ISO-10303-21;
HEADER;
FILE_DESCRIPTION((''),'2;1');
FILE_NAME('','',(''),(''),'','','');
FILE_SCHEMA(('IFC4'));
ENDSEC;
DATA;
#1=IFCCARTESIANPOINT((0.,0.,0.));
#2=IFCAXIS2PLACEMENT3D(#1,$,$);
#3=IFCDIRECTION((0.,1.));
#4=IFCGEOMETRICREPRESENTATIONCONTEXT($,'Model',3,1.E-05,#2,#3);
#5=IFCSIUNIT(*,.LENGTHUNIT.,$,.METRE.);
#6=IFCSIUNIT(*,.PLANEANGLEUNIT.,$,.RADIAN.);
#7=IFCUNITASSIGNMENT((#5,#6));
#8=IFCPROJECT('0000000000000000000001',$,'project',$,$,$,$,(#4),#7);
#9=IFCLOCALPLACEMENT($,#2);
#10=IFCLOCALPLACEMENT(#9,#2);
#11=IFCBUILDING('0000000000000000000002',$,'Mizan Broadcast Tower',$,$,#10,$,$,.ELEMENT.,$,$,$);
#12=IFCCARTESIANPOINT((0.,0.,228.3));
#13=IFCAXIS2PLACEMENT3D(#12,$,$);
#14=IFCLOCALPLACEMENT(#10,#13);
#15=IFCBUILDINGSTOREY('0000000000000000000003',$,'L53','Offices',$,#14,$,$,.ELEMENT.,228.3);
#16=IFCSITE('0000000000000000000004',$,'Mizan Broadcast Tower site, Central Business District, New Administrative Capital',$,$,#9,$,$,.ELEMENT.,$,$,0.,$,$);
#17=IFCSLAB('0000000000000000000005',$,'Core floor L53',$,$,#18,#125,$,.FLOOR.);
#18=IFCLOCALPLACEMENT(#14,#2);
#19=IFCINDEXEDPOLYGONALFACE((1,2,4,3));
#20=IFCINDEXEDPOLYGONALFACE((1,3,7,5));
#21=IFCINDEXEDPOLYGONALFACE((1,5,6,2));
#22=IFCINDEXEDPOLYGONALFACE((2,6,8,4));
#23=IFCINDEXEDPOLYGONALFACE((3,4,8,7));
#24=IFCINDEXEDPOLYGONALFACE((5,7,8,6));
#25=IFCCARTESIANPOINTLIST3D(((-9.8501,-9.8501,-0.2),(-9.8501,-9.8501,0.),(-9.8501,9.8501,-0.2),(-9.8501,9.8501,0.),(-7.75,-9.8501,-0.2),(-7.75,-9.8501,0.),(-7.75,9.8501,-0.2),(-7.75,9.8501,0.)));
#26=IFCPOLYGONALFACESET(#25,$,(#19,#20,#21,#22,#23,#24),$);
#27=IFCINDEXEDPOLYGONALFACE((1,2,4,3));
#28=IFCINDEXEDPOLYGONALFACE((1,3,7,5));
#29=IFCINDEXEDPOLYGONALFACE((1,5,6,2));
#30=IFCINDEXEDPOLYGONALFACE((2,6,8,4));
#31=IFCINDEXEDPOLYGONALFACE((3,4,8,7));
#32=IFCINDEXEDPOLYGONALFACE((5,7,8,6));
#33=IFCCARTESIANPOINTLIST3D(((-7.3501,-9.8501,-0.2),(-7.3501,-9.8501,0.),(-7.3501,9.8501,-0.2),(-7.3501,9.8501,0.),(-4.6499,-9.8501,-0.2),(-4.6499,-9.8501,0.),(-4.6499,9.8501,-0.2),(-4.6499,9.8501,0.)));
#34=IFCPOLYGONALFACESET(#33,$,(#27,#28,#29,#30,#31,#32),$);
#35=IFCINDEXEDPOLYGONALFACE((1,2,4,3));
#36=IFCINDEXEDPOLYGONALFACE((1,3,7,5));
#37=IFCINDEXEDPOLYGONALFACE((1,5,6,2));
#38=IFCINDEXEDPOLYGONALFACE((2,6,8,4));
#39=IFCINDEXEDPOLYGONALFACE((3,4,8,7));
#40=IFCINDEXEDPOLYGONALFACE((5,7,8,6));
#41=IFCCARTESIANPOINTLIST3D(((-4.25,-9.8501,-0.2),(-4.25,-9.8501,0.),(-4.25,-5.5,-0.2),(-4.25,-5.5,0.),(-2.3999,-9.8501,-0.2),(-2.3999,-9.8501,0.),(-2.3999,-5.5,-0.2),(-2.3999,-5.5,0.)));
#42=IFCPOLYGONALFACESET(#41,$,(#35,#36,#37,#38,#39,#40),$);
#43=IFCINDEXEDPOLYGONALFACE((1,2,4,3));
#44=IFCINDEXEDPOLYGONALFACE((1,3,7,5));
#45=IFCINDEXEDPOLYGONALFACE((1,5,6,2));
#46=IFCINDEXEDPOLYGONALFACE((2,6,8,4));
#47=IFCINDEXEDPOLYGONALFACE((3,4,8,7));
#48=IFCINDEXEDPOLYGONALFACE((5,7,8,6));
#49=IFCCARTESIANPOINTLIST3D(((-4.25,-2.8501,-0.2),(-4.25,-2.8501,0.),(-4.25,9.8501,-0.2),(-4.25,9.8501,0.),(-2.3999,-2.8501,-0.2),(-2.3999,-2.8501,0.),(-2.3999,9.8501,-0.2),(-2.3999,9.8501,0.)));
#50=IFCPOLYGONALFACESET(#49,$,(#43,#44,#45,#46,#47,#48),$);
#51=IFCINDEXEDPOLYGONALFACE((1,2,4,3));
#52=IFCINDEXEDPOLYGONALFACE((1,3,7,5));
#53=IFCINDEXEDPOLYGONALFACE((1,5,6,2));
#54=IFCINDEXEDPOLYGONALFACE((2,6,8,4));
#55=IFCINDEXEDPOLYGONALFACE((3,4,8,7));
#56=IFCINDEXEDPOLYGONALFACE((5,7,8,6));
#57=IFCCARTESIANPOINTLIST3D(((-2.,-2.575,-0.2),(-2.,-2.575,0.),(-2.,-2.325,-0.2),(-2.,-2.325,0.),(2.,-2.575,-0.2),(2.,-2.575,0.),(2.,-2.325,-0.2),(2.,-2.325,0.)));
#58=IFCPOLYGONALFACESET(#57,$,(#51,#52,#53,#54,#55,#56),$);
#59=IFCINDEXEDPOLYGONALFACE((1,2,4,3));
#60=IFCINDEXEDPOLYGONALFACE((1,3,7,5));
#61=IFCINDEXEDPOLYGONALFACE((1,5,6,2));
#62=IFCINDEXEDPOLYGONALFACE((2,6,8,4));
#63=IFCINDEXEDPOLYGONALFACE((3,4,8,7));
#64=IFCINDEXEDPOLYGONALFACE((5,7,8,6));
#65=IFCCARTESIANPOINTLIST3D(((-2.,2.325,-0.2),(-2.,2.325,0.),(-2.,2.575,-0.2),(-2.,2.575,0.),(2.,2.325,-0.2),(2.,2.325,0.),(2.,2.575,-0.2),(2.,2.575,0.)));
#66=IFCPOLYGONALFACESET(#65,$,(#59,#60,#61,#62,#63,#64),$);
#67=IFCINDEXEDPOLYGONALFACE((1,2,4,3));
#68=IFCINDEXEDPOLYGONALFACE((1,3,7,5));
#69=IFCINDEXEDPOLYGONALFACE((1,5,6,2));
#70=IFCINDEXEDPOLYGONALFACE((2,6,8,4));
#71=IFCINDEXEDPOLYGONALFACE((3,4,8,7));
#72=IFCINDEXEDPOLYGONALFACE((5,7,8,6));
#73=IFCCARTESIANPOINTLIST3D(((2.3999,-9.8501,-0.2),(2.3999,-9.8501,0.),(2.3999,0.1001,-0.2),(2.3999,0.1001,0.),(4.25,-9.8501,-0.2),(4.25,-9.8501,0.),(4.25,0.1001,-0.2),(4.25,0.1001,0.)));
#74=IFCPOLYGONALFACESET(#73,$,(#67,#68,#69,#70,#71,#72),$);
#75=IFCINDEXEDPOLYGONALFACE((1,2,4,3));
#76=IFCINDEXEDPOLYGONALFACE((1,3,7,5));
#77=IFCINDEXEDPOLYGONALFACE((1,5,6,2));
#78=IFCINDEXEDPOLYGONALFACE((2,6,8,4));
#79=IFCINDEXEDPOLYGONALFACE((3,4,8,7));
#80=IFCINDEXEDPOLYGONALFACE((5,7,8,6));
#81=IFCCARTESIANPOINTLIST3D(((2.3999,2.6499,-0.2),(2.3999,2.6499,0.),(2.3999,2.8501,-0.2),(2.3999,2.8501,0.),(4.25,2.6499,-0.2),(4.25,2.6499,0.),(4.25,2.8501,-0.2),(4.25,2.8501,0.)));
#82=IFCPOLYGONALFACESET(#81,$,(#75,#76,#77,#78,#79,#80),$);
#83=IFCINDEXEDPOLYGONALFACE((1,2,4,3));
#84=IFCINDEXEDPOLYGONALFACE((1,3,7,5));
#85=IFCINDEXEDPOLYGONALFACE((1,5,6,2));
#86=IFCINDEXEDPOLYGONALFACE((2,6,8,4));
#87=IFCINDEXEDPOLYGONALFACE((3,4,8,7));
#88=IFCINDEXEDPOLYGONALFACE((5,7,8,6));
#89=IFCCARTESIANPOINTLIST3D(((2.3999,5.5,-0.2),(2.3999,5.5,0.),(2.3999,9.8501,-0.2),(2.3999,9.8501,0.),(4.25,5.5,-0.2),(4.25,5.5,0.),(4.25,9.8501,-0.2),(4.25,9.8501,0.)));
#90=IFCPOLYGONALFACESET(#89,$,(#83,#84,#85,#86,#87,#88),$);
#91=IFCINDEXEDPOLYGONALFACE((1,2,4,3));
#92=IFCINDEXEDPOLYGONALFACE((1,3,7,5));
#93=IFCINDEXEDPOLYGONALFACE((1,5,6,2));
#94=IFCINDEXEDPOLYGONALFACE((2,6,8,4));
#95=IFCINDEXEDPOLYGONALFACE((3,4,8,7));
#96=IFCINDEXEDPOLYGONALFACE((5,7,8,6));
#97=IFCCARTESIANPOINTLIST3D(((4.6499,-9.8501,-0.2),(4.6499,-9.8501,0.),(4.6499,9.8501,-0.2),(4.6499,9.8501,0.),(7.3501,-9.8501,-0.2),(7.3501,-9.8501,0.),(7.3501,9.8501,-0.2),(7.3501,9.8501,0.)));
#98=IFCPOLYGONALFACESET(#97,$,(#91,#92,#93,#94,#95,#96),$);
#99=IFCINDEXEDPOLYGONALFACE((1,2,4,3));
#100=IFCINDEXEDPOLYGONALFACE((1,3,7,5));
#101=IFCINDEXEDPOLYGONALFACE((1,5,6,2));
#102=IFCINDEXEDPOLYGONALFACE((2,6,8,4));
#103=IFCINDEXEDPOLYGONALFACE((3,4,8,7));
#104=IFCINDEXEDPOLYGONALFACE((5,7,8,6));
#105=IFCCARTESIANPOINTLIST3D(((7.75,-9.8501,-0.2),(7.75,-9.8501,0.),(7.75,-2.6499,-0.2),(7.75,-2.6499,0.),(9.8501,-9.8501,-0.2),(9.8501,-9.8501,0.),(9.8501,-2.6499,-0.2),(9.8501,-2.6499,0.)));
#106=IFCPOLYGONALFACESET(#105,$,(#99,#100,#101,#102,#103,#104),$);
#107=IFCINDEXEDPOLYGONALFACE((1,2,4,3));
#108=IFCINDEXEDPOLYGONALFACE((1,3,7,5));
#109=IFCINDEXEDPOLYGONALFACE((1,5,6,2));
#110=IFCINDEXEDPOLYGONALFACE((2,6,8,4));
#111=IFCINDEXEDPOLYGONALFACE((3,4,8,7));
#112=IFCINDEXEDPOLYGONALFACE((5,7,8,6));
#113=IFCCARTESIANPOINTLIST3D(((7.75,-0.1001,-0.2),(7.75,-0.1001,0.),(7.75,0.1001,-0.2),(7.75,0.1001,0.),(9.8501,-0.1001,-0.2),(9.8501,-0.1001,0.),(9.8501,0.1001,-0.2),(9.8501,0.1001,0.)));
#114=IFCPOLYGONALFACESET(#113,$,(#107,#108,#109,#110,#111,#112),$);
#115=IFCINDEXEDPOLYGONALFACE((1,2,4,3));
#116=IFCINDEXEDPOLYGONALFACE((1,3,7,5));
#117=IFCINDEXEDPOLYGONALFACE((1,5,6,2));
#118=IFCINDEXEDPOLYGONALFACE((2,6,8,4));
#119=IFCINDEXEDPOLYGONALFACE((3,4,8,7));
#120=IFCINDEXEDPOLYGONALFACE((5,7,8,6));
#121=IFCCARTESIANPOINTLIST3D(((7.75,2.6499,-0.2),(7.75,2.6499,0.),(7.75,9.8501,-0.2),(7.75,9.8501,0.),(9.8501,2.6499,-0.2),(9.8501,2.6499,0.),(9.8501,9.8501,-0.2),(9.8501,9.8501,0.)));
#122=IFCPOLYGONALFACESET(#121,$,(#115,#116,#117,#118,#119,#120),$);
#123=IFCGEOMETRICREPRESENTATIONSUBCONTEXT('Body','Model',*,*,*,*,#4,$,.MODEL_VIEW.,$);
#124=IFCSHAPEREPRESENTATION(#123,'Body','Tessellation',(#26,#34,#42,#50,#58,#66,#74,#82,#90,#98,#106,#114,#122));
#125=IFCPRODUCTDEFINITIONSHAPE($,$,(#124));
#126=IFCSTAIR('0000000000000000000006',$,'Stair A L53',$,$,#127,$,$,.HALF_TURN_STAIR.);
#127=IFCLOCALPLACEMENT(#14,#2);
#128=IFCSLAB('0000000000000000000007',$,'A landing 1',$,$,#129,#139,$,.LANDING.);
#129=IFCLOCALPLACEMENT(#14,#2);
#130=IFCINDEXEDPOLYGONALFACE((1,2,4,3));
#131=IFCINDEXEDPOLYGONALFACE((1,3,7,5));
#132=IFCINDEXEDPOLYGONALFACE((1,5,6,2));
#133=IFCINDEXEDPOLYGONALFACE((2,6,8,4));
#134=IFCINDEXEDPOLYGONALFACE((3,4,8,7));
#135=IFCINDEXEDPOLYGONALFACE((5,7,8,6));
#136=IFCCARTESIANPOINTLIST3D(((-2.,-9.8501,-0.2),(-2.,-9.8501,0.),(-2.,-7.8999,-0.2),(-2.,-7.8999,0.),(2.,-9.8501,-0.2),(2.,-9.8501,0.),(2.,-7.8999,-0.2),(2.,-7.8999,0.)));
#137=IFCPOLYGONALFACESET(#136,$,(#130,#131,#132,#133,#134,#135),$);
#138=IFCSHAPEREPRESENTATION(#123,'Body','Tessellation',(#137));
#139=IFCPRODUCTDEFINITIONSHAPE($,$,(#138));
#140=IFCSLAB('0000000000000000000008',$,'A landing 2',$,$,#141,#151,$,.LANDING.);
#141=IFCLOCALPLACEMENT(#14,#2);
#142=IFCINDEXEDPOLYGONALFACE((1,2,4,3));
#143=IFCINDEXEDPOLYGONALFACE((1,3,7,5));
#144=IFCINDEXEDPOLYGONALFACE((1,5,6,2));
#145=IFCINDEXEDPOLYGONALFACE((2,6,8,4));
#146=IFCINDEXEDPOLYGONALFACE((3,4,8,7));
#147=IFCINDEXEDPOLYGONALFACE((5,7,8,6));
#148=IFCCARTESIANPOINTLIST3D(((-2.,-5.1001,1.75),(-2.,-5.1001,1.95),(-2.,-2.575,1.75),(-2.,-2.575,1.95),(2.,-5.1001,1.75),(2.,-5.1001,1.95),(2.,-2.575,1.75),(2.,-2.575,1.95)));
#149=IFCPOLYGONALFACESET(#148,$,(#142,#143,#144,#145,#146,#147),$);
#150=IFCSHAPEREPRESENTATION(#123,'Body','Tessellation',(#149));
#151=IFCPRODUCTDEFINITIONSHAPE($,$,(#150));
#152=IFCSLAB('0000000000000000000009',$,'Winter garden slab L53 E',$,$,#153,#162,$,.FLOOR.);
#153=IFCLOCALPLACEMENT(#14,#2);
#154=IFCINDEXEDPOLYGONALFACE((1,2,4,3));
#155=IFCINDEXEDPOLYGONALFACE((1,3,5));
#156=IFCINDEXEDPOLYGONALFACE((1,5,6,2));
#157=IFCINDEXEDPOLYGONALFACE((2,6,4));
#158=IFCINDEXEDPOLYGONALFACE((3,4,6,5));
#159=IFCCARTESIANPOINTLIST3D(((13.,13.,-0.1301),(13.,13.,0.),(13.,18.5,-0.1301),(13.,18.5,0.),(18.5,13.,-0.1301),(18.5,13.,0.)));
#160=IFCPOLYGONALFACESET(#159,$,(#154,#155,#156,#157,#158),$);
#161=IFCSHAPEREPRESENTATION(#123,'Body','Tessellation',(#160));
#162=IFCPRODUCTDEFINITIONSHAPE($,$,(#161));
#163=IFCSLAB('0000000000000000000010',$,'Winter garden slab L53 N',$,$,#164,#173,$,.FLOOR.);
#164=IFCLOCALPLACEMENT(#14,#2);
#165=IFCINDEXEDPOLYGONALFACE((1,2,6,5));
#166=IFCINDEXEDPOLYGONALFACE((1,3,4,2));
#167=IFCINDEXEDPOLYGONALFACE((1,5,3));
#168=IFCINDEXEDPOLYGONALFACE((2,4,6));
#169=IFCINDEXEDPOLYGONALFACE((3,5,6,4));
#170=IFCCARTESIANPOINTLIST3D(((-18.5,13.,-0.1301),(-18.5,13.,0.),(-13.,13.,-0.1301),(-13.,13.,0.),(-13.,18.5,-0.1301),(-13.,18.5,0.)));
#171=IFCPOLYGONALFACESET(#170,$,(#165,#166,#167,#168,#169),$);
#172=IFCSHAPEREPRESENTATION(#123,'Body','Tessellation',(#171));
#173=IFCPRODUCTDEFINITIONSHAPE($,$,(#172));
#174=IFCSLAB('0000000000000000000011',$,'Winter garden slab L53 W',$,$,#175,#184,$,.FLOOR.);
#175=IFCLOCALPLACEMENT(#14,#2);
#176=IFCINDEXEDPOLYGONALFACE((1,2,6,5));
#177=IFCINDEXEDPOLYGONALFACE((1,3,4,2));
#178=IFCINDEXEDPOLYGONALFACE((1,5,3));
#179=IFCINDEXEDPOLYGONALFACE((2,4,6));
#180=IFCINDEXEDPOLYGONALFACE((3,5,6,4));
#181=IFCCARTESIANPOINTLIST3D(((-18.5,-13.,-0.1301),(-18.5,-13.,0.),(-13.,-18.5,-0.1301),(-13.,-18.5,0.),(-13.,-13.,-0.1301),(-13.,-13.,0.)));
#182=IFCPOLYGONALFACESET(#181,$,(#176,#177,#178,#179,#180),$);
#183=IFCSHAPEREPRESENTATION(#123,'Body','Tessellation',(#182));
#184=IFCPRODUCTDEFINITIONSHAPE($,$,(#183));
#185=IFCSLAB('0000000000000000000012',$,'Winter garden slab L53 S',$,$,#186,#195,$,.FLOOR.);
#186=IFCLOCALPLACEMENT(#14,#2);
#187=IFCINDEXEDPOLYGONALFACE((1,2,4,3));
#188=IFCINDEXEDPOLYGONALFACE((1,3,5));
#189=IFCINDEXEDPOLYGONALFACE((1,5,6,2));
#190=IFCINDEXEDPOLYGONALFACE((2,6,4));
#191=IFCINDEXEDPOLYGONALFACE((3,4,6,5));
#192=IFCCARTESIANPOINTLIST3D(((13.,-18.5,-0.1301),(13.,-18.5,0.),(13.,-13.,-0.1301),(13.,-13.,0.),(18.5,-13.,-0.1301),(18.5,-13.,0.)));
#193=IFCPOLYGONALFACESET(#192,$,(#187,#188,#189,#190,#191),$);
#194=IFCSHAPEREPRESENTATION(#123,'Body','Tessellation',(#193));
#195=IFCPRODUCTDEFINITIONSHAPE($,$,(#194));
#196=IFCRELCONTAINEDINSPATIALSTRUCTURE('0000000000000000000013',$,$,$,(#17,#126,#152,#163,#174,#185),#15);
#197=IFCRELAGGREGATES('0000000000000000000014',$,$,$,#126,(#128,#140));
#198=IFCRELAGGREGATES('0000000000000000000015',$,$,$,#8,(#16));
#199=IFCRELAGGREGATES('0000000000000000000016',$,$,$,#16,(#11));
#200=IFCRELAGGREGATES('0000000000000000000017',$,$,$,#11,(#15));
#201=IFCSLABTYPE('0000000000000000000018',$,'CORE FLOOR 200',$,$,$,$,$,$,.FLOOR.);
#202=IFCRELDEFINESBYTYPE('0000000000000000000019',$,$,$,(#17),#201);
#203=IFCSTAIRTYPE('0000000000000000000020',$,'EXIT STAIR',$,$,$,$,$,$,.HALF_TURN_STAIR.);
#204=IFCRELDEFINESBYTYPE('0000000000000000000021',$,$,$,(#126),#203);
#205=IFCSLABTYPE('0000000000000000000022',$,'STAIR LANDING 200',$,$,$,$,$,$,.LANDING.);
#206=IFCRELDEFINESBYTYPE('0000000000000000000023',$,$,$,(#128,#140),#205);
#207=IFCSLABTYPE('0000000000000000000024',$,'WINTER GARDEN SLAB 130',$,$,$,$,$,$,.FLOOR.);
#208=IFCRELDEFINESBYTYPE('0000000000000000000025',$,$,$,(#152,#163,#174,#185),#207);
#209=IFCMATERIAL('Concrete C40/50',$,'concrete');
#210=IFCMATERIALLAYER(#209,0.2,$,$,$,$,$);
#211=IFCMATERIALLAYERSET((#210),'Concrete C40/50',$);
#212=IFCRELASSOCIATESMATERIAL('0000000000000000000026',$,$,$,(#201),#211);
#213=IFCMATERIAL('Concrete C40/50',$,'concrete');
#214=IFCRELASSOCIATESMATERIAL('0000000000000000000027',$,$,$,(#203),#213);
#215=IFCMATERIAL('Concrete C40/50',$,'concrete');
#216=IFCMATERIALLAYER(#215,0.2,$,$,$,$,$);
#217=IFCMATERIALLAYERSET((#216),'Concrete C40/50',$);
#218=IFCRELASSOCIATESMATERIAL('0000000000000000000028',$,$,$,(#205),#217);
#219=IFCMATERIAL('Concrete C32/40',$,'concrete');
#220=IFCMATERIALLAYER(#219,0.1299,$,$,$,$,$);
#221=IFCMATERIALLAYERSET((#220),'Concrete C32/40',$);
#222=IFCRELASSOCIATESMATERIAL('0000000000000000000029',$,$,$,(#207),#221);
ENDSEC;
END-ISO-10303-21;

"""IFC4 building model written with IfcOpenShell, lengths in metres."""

from ifc_helpers import new_model, si_unit, direction, frame, origin, place, context, subcontext, project, spatial, polyline, outline, extrude, material, layer, layer_set, type_object, element, aggregate, save


model = new_model("IFC4")

# Units and contexts
model_context = context("Model", 3, precision=1e-05, world=origin(), true_north=direction((0.0, 1.0)))
body_context = subcontext(model_context, "Body", "Model", "MODEL_VIEW")
ifc_project = project(units=[si_unit("LENGTHUNIT", "METRE"), si_unit("PLANEANGLEUNIT", "RADIAN")], contexts=[model_context])

# Site, building, storey
site_placement = place(None, origin())
site = spatial("IfcSite", under=ifc_project, at=site_placement, Name="Mizan Broadcast Tower site, Central Business District, New Administrative Capital", CompositionType="ELEMENT", RefElevation=0.0)
building_placement = place(site_placement, origin())
building = spatial("IfcBuilding", under=site, at=building_placement, Name="Mizan Broadcast Tower", CompositionType="ELEMENT")
storey_placement = place(building_placement, frame((0.0, 0.0, 228.3)))
storey = spatial("IfcBuildingStorey", under=building, at=storey_placement, Name="L53", Description="Offices", CompositionType="ELEMENT", Elevation=228.3)

# Slab
ifc_material_1 = material(Name="Concrete C40/50", Category="concrete")
ifc_layer_1 = layer(ifc_material_1, 0.2)
ifc_layer_set_1 = layer_set([ifc_layer_1], Name="Concrete C40/50")
slab_type_1 = type_object("IfcSlabType", Name="CORE FLOOR 200", PredefinedType="FLOOR", material=ifc_layer_set_1)
slab_1_placement = place(storey_placement, frame((0.0, 0.0, -0.2)))
element("IfcSlab", 1, at=slab_1_placement, inside=storey, type_object=slab_type_1, Name="Core floor L53", PredefinedType="FLOOR", context=body_context, shape_type="SweptSolid", body=[
    extrude(outline(polyline([(-9.8501, -9.8501), (-7.75, -9.8501), (-7.75, 9.8501), (-9.8501, 9.8501), (-9.8501, -9.8501)])), origin(), (0.0, 0.0, 1.0), 0.2),
    extrude(outline(polyline([(-4.6499, 9.8501), (-7.3501, 9.8501), (-7.3501, -9.8501), (-4.6499, -9.8501), (-4.6499, 9.8501)])), origin(), (0.0, 0.0, 1.0), 0.2),
    extrude(outline(polyline([(-4.25, -5.5), (-4.25, -9.8501), (-2.3999, -9.8501), (-2.3999, -5.5), (-4.25, -5.5)])), origin(), (0.0, 0.0, 1.0), 0.2),
    extrude(outline(polyline([(-4.25, -2.8501), (-2.3999, -2.8501), (-2.3999, 9.8501), (-4.25, 9.8501), (-4.25, -2.8501)])), origin(), (0.0, 0.0, 1.0), 0.2),
    extrude(outline(polyline([(2.0, -2.325), (-2.0, -2.325), (-2.0, -2.575), (2.0, -2.575), (2.0, -2.325)])), origin(), (0.0, 0.0, 1.0), 0.2),
    extrude(outline(polyline([(2.0, 2.575), (-2.0, 2.575), (-2.0, 2.325), (2.0, 2.325), (2.0, 2.575)])), origin(), (0.0, 0.0, 1.0), 0.2),
    extrude(outline(polyline([(4.25, -9.8501), (4.25, 0.1001), (2.3999, 0.1001), (2.3999, -9.8501), (4.25, -9.8501)])), origin(), (0.0, 0.0, 1.0), 0.2),
    extrude(outline(polyline([(4.25, 2.6499), (4.25, 2.8501), (2.3999, 2.8501), (2.3999, 2.6499), (4.25, 2.6499)])), origin(), (0.0, 0.0, 1.0), 0.2),
    extrude(outline(polyline([(4.25, 5.5), (4.25, 9.8501), (2.3999, 9.8501), (2.3999, 5.5), (4.25, 5.5)])), origin(), (0.0, 0.0, 1.0), 0.2),
    extrude(outline(polyline([(4.6499, 9.8501), (4.6499, -9.8501), (7.3501, -9.8501), (7.3501, 9.8501), (4.6499, 9.8501)])), origin(), (0.0, 0.0, 1.0), 0.2),
    extrude(outline(polyline([(9.8501, -9.8501), (9.8501, -2.6499), (7.75, -2.6499), (7.75, -9.8501), (9.8501, -9.8501)])), origin(), (0.0, 0.0, 1.0), 0.2),
    extrude(outline(polyline([(9.8501, -0.1001), (9.8501, 0.1001), (7.75, 0.1001), (7.75, -0.1001), (9.8501, -0.1001)])), origin(), (0.0, 0.0, 1.0), 0.2),
    extrude(outline(polyline([(7.75, 9.8501), (7.75, 2.6499), (9.8501, 2.6499), (9.8501, 9.8501), (7.75, 9.8501)])), origin(), (0.0, 0.0, 1.0), 0.2),
])

# Stair, slabs
ifc_material_2 = material(Name="Concrete C40/50", Category="concrete")
stair_type = type_object("IfcStairType", Name="EXIT STAIR", PredefinedType="HALF_TURN_STAIR", material=ifc_material_2)
stair_placement = place(storey_placement, origin())
stair = element("IfcStair", 2, at=stair_placement, inside=storey, type_object=stair_type, Name="Stair A L53", PredefinedType="HALF_TURN_STAIR")
ifc_material_3 = material(Name="Concrete C40/50", Category="concrete")
ifc_layer_2 = layer(ifc_material_3, 0.2)
ifc_layer_set_2 = layer_set([ifc_layer_2], Name="Concrete C40/50")
slab_type_2 = type_object("IfcSlabType", Name="STAIR LANDING 200", PredefinedType="LANDING", material=ifc_layer_set_2)
slab_2_placement = place(storey_placement, frame((0.0, 0.0, -0.2)))
slab_2 = element("IfcSlab", 3, at=slab_2_placement, type_object=slab_type_2, Name="A landing 1", PredefinedType="LANDING", context=body_context, shape_type="SweptSolid", body=[
    extrude(outline(polyline([(-2.0, -9.8501), (-2.0, -7.8999), (2.0, -7.8999), (2.0, -9.8501), (-2.0, -9.8501)])), origin(), (0.0, 0.0, 1.0), 0.2),
])
slab_3_placement = place(storey_placement, frame((0.0, 0.0, 1.75)))
slab_3 = element("IfcSlab", 4, at=slab_3_placement, type_object=slab_type_2, Name="A landing 2", PredefinedType="LANDING", context=body_context, shape_type="SweptSolid", body=[
    extrude(outline(polyline([(-2.0, -5.1001), (-2.0, -2.575), (2.0, -2.575), (2.0, -5.1001), (-2.0, -5.1001)])), origin(), (0.0, 0.0, 1.0), 0.2),
])

# Slabs
ifc_material_4 = material(Name="Concrete C32/40", Category="concrete")
ifc_layer_3 = layer(ifc_material_4, 0.1299)
ifc_layer_set_3 = layer_set([ifc_layer_3], Name="Concrete C32/40")
slab_type_3 = type_object("IfcSlabType", Name="WINTER GARDEN SLAB 130", PredefinedType="FLOOR", material=ifc_layer_set_3)
slab_4_placement = place(storey_placement, frame((0.0, 0.0, -0.1301)))
element("IfcSlab", 5, at=slab_4_placement, inside=storey, type_object=slab_type_3, Name="Winter garden slab L53 E", PredefinedType="FLOOR", context=body_context, shape_type="SweptSolid", body=[
    extrude(outline(polyline([(13.0, 13.0), (18.5, 13.0), (13.0, 18.5), (13.0, 13.0)])), origin(), (0.0, 0.0, 1.0), 0.1301),
])
slab_5_placement = place(storey_placement, frame((0.0, 0.0, -0.1301)))
element("IfcSlab", 6, at=slab_5_placement, inside=storey, type_object=slab_type_3, Name="Winter garden slab L53 N", PredefinedType="FLOOR", context=body_context, shape_type="SweptSolid", body=[
    extrude(outline(polyline([(-13.0, 13.0), (-13.0, 18.5), (-18.5, 13.0), (-13.0, 13.0)])), origin(), (0.0, 0.0, 1.0), 0.1301),
])
slab_6_placement = place(storey_placement, frame((0.0, 0.0, -0.1301)))
element("IfcSlab", 7, at=slab_6_placement, inside=storey, type_object=slab_type_3, Name="Winter garden slab L53 W", PredefinedType="FLOOR", context=body_context, shape_type="SweptSolid", body=[
    extrude(outline(polyline([(-13.0, -13.0), (-18.5, -13.0), (-13.0, -18.5), (-13.0, -13.0)])), origin(), (0.0, 0.0, 1.0), 0.1301),
])
slab_7_placement = place(storey_placement, frame((0.0, 0.0, -0.1301)))
element("IfcSlab", 8, at=slab_7_placement, inside=storey, type_object=slab_type_3, Name="Winter garden slab L53 S", PredefinedType="FLOOR", context=body_context, shape_type="SweptSolid", body=[
    extrude(outline(polyline([(13.0, -13.0), (13.0, -18.5), (18.5, -13.0), (13.0, -13.0)])), origin(), (0.0, 0.0, 1.0), 0.1301),
])

aggregate(stair, [slab_2, slab_3])

save(model, "model.ifc")
